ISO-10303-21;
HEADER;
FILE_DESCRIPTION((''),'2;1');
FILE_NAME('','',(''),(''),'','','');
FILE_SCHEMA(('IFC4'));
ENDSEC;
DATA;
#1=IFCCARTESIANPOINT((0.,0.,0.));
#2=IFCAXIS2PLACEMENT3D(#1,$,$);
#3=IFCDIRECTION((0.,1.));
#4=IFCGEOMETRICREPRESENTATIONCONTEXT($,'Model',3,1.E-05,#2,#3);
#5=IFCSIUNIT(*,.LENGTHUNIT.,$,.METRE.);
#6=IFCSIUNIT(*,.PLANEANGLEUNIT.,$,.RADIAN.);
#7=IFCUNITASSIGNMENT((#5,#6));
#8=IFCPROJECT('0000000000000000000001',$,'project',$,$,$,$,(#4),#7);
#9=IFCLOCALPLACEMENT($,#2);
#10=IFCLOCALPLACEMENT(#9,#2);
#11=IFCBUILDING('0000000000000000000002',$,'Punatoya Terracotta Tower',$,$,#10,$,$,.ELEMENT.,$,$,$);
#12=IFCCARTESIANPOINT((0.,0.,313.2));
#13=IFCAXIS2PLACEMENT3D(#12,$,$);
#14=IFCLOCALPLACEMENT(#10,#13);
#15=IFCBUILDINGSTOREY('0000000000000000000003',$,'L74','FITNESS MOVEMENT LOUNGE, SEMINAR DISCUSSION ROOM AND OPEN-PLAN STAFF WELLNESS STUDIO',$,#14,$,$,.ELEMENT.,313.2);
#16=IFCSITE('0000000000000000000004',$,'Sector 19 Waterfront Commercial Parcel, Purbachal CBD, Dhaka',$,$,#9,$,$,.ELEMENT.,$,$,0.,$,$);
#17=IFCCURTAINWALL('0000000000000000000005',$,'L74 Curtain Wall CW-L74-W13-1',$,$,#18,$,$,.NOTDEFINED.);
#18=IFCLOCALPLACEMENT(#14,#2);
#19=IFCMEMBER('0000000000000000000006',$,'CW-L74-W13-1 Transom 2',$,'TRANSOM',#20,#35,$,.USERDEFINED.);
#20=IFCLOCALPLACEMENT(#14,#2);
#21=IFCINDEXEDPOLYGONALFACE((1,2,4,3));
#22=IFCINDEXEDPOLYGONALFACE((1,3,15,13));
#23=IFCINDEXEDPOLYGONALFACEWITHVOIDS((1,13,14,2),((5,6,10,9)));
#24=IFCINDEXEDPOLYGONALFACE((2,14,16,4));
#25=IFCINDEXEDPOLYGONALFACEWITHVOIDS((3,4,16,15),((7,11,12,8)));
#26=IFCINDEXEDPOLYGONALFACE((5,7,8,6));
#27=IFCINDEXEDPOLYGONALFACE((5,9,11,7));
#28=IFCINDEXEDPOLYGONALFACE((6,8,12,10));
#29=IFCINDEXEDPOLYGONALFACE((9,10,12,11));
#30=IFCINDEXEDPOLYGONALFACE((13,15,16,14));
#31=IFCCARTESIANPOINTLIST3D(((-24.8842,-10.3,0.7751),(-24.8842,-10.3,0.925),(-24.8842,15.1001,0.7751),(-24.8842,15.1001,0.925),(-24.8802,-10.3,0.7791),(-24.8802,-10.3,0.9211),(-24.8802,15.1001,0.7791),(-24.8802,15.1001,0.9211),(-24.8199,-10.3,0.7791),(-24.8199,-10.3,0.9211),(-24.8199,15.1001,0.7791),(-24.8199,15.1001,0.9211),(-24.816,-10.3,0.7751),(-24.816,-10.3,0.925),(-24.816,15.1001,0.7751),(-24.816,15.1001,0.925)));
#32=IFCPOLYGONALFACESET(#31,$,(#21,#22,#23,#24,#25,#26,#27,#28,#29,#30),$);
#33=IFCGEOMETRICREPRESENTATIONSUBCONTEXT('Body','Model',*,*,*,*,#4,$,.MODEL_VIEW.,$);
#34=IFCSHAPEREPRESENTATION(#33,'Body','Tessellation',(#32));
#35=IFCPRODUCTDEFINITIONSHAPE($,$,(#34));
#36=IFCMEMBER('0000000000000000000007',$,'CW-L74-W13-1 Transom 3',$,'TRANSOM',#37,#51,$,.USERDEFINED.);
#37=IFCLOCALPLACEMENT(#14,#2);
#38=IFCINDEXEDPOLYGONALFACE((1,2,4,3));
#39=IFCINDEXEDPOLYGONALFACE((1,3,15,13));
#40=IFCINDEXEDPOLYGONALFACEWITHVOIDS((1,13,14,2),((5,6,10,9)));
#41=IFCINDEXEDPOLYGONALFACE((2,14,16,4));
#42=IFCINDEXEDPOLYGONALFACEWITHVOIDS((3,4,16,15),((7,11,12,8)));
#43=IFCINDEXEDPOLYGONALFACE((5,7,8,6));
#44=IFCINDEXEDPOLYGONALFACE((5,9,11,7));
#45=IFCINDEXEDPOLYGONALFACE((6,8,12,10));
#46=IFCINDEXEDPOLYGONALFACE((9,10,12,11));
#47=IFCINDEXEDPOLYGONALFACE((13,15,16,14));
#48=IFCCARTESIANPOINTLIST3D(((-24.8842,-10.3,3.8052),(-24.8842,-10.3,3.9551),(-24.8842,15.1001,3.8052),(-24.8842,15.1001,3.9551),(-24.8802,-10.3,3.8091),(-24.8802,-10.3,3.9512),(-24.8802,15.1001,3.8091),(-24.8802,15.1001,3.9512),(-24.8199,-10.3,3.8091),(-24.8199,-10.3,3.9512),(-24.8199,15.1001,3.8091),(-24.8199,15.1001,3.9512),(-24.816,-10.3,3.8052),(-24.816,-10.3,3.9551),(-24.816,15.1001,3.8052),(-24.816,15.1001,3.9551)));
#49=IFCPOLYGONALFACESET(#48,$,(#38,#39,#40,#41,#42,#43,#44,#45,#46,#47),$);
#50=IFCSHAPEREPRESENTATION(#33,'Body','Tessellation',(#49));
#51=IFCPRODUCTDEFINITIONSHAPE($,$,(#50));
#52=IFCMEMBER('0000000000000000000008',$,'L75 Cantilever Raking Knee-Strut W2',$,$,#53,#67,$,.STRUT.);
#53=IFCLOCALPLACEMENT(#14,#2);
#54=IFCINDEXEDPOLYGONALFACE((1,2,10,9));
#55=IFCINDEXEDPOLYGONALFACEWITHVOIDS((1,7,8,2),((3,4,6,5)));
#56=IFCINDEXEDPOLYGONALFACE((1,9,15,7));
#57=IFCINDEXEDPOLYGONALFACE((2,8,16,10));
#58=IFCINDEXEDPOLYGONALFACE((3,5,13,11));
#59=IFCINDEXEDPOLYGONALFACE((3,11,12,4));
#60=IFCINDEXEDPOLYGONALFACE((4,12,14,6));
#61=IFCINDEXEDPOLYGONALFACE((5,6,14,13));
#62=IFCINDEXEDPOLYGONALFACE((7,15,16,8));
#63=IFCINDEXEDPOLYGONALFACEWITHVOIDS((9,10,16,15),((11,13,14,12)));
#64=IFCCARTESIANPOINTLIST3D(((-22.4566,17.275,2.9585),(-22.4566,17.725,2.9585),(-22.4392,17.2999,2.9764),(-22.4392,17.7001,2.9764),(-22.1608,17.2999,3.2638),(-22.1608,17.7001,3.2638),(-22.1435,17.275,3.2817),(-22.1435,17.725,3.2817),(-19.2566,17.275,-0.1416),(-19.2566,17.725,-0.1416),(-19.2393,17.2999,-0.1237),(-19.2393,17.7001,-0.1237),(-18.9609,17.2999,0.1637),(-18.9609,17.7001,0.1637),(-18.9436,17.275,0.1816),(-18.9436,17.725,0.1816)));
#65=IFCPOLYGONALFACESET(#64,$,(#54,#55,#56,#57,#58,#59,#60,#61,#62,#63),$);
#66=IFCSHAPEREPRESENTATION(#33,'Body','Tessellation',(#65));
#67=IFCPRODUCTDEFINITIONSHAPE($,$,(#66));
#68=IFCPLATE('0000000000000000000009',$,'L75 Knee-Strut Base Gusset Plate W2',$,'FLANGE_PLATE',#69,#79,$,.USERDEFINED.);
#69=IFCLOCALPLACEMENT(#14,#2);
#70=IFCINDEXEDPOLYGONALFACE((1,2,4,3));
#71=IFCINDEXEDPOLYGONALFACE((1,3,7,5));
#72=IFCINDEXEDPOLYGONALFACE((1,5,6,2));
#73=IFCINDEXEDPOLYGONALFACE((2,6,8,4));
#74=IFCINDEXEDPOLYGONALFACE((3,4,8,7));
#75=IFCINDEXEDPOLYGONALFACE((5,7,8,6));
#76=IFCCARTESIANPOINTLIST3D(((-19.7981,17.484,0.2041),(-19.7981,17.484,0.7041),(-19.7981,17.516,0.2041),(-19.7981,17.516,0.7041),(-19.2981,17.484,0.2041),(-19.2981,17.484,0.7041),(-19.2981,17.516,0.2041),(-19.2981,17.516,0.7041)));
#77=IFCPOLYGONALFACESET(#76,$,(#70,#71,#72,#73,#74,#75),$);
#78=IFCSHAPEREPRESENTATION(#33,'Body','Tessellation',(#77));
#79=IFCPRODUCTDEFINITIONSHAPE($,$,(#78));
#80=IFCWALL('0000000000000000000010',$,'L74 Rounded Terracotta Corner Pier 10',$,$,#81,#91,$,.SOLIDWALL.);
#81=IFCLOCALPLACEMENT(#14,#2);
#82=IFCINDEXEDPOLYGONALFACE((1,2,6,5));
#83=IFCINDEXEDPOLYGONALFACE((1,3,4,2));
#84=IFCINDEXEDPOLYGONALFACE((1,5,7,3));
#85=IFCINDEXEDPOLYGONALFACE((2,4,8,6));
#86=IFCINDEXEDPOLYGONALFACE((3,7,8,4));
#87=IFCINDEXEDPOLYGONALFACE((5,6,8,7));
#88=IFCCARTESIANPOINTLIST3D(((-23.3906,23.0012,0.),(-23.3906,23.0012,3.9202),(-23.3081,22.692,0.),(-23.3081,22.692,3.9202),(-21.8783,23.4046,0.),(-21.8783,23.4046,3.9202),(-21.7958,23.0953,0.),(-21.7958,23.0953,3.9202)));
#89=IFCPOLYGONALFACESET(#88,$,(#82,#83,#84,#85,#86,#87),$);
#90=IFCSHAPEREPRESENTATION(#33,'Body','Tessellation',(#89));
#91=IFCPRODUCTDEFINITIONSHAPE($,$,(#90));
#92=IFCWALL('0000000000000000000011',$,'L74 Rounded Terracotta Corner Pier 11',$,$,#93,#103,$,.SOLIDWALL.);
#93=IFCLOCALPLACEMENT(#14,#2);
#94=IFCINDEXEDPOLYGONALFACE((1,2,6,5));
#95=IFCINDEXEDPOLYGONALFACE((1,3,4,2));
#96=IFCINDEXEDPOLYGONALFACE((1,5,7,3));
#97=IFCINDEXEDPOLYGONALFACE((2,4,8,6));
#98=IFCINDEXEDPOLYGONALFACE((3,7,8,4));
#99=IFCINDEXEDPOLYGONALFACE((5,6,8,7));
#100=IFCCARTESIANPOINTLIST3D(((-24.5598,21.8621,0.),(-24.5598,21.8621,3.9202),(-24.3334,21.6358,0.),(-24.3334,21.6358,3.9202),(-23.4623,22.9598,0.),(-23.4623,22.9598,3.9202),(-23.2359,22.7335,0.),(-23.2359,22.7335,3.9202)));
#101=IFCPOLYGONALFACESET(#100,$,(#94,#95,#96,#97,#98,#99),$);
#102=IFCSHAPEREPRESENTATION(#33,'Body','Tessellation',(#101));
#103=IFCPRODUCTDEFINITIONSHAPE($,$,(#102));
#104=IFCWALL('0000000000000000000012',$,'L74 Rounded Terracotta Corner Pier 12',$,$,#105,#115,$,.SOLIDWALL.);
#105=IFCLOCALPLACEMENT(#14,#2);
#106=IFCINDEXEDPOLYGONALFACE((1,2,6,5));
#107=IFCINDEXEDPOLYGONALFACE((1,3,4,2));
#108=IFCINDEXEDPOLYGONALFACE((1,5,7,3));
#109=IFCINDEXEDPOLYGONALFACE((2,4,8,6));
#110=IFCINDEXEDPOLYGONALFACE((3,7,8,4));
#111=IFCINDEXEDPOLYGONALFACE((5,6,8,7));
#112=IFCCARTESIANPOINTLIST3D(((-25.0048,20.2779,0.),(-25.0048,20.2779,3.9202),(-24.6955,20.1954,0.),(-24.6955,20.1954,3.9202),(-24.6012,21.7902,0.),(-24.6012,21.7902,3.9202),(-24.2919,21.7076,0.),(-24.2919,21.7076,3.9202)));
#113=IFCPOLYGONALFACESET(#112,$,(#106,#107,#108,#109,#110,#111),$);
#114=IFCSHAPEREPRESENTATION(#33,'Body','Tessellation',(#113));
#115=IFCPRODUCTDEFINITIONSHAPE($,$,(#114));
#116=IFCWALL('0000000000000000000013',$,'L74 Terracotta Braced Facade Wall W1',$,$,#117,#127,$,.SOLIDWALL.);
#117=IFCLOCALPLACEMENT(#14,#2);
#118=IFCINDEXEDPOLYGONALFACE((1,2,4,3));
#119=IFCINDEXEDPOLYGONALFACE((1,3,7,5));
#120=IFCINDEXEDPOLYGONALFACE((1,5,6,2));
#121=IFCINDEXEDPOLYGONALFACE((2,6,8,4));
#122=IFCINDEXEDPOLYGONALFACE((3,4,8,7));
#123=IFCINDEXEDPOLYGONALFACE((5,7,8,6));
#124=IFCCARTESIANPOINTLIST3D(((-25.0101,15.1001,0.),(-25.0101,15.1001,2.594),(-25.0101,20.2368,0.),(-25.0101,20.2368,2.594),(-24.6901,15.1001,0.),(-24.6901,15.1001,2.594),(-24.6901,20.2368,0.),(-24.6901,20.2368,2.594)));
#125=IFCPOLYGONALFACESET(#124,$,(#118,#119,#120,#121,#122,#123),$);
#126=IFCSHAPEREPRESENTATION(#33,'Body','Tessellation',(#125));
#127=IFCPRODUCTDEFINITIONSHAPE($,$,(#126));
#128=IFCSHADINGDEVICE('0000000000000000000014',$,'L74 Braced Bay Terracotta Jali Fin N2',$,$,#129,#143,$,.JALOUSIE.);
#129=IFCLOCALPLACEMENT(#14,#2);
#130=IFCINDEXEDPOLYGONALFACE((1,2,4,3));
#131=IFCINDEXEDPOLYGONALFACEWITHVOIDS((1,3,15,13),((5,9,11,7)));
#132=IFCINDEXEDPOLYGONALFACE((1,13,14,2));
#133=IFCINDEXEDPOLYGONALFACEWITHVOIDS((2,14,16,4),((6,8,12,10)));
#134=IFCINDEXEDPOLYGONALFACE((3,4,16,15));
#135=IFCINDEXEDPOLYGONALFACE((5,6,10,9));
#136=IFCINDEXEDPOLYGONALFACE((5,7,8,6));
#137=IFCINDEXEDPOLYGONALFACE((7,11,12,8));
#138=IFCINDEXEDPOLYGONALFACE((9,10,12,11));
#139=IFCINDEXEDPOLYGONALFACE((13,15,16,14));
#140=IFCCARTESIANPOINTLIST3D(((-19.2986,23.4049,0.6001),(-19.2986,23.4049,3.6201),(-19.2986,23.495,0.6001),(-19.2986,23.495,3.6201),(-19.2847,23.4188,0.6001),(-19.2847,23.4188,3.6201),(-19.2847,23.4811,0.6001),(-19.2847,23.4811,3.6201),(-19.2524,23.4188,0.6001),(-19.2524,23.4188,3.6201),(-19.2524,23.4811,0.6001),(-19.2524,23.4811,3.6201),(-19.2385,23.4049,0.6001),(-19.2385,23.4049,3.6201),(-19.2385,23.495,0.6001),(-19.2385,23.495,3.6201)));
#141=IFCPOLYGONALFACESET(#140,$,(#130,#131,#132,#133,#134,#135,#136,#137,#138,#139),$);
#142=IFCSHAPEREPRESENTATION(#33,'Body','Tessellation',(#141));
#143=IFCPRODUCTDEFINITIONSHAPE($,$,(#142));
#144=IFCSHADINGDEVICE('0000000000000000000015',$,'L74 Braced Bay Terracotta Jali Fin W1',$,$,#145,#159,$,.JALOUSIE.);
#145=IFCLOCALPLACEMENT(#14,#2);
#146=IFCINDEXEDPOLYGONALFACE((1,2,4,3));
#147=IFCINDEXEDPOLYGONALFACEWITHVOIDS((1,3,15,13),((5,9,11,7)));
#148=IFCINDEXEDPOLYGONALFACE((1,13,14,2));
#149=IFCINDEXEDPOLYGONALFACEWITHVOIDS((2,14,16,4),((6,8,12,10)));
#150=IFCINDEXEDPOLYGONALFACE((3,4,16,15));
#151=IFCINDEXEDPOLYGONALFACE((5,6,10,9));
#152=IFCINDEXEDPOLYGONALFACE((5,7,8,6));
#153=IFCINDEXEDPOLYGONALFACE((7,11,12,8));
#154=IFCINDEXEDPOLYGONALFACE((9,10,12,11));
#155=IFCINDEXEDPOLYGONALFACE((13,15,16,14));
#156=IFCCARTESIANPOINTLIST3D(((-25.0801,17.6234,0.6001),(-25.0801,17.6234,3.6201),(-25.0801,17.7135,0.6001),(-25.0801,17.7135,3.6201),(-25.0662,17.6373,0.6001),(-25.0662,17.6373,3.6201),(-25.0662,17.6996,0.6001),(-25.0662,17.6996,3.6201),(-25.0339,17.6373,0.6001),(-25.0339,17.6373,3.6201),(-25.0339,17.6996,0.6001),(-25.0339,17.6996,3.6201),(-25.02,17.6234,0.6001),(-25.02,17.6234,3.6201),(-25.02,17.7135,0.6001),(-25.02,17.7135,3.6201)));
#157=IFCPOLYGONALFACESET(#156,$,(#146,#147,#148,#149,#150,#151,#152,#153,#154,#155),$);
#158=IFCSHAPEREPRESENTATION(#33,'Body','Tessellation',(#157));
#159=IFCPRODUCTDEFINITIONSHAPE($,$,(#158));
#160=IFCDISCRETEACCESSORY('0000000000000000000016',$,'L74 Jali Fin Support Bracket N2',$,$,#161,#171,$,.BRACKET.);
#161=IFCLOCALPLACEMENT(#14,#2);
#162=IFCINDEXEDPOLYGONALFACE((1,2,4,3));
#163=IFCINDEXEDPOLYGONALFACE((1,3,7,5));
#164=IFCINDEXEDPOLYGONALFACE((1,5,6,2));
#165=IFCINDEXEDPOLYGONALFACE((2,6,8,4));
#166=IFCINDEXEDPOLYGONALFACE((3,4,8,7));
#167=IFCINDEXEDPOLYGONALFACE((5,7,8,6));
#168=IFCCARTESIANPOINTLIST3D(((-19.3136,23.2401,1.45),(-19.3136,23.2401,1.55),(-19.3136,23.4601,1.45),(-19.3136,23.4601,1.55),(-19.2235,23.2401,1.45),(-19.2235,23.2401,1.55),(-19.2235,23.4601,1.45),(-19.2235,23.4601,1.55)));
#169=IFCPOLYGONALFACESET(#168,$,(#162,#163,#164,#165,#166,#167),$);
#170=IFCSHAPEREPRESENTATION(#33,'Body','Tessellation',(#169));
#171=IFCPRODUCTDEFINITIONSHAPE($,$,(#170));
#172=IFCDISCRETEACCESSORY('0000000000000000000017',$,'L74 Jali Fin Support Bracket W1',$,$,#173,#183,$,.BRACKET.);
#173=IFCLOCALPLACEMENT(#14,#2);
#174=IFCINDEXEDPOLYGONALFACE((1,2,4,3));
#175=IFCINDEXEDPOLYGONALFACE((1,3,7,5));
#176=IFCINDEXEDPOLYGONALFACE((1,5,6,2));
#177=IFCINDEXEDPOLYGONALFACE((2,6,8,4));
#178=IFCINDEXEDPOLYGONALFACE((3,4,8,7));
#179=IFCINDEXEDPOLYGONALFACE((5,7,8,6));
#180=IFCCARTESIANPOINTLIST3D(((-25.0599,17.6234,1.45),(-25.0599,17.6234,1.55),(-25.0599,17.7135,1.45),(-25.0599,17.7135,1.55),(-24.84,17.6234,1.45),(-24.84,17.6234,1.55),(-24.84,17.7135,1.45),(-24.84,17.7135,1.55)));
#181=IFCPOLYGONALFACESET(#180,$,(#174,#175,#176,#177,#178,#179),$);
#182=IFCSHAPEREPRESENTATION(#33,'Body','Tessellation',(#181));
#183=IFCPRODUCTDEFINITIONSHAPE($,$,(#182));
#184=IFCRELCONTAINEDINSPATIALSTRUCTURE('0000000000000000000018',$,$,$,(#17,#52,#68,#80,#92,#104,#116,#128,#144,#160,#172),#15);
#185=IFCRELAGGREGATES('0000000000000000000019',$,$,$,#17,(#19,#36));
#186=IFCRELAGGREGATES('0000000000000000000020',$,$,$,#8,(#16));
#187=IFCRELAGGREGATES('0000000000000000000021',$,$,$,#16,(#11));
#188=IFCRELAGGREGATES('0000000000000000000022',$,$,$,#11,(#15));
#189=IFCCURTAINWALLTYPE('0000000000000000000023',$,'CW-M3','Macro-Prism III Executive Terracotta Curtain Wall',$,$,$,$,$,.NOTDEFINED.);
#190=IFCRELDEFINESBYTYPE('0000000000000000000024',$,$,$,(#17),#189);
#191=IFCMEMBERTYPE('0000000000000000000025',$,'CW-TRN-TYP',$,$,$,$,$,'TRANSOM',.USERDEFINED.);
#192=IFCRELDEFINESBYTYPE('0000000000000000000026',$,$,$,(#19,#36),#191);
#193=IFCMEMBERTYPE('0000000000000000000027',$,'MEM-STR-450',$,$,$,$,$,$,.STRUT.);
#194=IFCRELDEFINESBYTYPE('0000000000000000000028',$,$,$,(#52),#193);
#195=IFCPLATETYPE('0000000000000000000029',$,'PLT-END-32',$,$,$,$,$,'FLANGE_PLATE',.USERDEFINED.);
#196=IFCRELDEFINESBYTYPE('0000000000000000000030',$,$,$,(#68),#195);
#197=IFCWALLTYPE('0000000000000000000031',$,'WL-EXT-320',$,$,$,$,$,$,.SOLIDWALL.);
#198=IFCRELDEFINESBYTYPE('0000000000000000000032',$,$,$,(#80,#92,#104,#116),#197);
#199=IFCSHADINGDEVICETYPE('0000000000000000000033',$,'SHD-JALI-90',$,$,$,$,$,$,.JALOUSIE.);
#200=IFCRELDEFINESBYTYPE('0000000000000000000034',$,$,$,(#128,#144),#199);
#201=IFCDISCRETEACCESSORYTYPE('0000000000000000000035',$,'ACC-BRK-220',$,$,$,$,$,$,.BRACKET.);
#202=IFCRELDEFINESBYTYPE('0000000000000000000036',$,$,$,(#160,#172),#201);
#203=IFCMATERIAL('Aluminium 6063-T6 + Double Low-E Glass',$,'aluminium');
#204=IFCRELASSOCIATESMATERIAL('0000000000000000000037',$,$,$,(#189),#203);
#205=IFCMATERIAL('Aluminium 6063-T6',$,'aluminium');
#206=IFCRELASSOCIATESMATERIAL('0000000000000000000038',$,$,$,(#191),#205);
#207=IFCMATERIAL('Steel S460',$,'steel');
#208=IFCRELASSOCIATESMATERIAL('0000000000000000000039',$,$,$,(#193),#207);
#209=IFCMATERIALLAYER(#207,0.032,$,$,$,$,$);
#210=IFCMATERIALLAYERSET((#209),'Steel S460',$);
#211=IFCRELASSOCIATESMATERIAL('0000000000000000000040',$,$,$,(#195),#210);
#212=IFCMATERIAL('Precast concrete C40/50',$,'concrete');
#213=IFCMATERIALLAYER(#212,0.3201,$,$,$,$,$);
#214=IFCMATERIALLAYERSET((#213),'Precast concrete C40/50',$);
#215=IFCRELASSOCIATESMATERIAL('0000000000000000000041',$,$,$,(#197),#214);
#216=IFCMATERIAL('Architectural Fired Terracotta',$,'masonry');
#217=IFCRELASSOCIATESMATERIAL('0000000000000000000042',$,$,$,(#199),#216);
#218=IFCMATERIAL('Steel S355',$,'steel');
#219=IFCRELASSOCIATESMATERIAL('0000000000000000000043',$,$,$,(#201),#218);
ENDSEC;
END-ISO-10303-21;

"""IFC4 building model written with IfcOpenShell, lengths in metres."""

from ifc_helpers import new_model, si_unit, direction, frame, frame_2d, origin, origin_2d, place, context, subcontext, project, spatial, rectangle, hollow_rectangle, extrude, material, layer, layer_set, material_profile, profile_set, type_object, element, aggregate, save


model = new_model("IFC4")

# Units and contexts
model_context = context("Model", 3, precision=1e-05, world=origin(), true_north=direction((0.0, 1.0)))
body_context = subcontext(model_context, "Body", "Model", "MODEL_VIEW")
ifc_project = project(units=[si_unit("LENGTHUNIT", "METRE"), si_unit("PLANEANGLEUNIT", "RADIAN")], contexts=[model_context])

# Site, building, storey
site_placement = place(None, origin())
site = spatial("IfcSite", under=ifc_project, at=site_placement, Name="Sector 19 Waterfront Commercial Parcel, Purbachal CBD, Dhaka", CompositionType="ELEMENT", RefElevation=0.0)
building_placement = place(site_placement, origin())
building = spatial("IfcBuilding", under=site, at=building_placement, Name="Punatoya Terracotta Tower", CompositionType="ELEMENT")
storey_placement = place(building_placement, frame((0.0, 0.0, 313.2)))
storey = spatial("IfcBuildingStorey", under=building, at=storey_placement, Name="L74", Description="FITNESS MOVEMENT LOUNGE, SEMINAR DISCUSSION ROOM AND OPEN-PLAN STAFF WELLNESS STUDIO", CompositionType="ELEMENT", Elevation=313.2)

# Shared definitions
ifc_material_1 = material(Name="Steel S460", Category="steel")

# Shared definitions
ifc_material_2 = material(Name="Steel S355", Category="steel")

# Curtain wall, members
ifc_material_3 = material(Name="Aluminium 6063-T6 + Double Low-E Glass", Category="aluminium")
curtain_wall_type = type_object("IfcCurtainWallType", Name="CW-M3", Description="Macro-Prism III Executive Terracotta Curtain Wall", PredefinedType="NOTDEFINED", material=ifc_material_3)
curtain_wall_placement = place(storey_placement, origin())
curtain_wall = element("IfcCurtainWall", 1, at=curtain_wall_placement, inside=storey, type_object=curtain_wall_type, Name="L74 Curtain Wall CW-L74-W13-1", PredefinedType="NOTDEFINED")
ifc_material_4 = material(Name="Aluminium 6063-T6", Category="aluminium")
ifc_material_profile_1 = material_profile(ifc_material_4, hollow_rectangle(XDim=0.0681, YDim=0.1499, WallThickness=0.0039, at=origin_2d()))
ifc_profile_set_1 = profile_set([ifc_material_profile_1], Name="Aluminium 6063-T6")
member_type_1 = type_object("IfcMemberType", Name="CW-TRN-TYP", ElementType="TRANSOM", PredefinedType="USERDEFINED", material=ifc_profile_set_1)
member_1_placement = place(storey_placement, frame((-24.8501, 15.1001, 0.8501), z_axis=(0.0, -1.0, 0.0), x_axis=(1.0, 0.0, 0.0)))
member_1 = element("IfcMember", 2, at=member_1_placement, type_object=member_type_1, Name="CW-L74-W13-1 Transom 2", ObjectType="TRANSOM", PredefinedType="USERDEFINED", context=body_context, shape_type="SweptSolid", body=[
    extrude(hollow_rectangle(XDim=0.0681, YDim=0.1499, WallThickness=0.0039, at=origin_2d()), origin(), (0.0, 0.0, 1.0), 25.4001),
])
member_2_placement = place(storey_placement, frame((-24.8501, 15.1001, 3.8801), z_axis=(0.0, -1.0, 0.0), x_axis=(1.0, 0.0, 0.0)))
member_2 = element("IfcMember", 3, at=member_2_placement, type_object=member_type_1, Name="CW-L74-W13-1 Transom 3", ObjectType="TRANSOM", PredefinedType="USERDEFINED", context=body_context, shape_type="SweptSolid", body=[
    extrude(hollow_rectangle(XDim=0.0681, YDim=0.1499, WallThickness=0.0039, at=origin_2d()), origin(), (0.0, 0.0, 1.0), 25.4001),
])
aggregate(curtain_wall, [member_1, member_2])

# Member
ifc_material_profile_2 = material_profile(ifc_material_1, hollow_rectangle(XDim=0.45, YDim=0.45, WallThickness=0.0249, at=origin_2d()))
ifc_profile_set_2 = profile_set([ifc_material_profile_2], Name="Steel S460")
member_type_2 = type_object("IfcMemberType", Name="MEM-STR-450", PredefinedType="STRUT", material=ifc_profile_set_2)
member_3_placement = place(storey_placement, frame((-19.1001, 17.5, 0.02), z_axis=(-0.718224, 0.0, 0.695812), x_axis=(0.0, -1.0, 0.0)))
element("IfcMember", 4, at=member_3_placement, inside=storey, type_object=member_type_2, Name="L75 Cantilever Raking Knee-Strut W2", PredefinedType="STRUT", context=body_context, shape_type="SweptSolid", body=[
    extrude(hollow_rectangle(XDim=0.45, YDim=0.45, WallThickness=0.0249, at=origin_2d()), origin(), (0.0, 0.0, 1.0), 4.4553),
])

# Plate
ifc_layer_1 = layer(ifc_material_1, 0.032)
ifc_layer_set_1 = layer_set([ifc_layer_1], Name="Steel S460")
plate_type = type_object("IfcPlateType", Name="PLT-END-32", ElementType="FLANGE_PLATE", PredefinedType="USERDEFINED", material=ifc_layer_set_1)
plate_placement = place(storey_placement, frame((-19.5481, 17.5, 0.2041), z_axis=(0.0, 0.0, 1.0), x_axis=(1.0, 0.0, 0.0)))
element("IfcPlate", 5, at=plate_placement, inside=storey, type_object=plate_type, Name="L75 Knee-Strut Base Gusset Plate W2", ObjectType="FLANGE_PLATE", PredefinedType="USERDEFINED", context=body_context, shape_type="SweptSolid", body=[
    extrude(rectangle(XDim=0.5, YDim=0.032, at=origin_2d()), origin(), (0.0, 0.0, 1.0), 0.5),
])

# Walls
ifc_material_5 = material(Name="Precast concrete C40/50", Category="concrete")
ifc_layer_2 = layer(ifc_material_5, 0.3201)
ifc_layer_set_2 = layer_set([ifc_layer_2], Name="Precast concrete C40/50")
wall_type = type_object("IfcWallType", Name="WL-EXT-320", PredefinedType="SOLIDWALL", material=ifc_layer_set_2)
wall_1_placement = place(storey_placement, frame((-21.8369, 23.25, 0.0), z_axis=(0.0, 0.0, 1.0), x_axis=(-0.966225, -0.257701, 0.0)))
element("IfcWall", 6, at=wall_1_placement, inside=storey, type_object=wall_type, Name="L74 Rounded Terracotta Corner Pier 10", PredefinedType="SOLIDWALL", context=body_context, shape_type="SweptSolid", body=[
    extrude(rectangle(XDim=1.5652, YDim=0.3201, at=frame_2d((0.7827, 0.0))), origin(), (0.0, 0.0, 1.0), 3.9202),
])
wall_2_placement = place(storey_placement, frame((-23.3491, 22.8467, 0.0), z_axis=(0.0, 0.0, 1.0), x_axis=(-0.707028, -0.707185, 0.0)))
element("IfcWall", 7, at=wall_2_placement, inside=storey, type_object=wall_type, Name="L74 Rounded Terracotta Corner Pier 11", PredefinedType="SOLIDWALL", context=body_context, shape_type="SweptSolid", body=[
    extrude(rectangle(XDim=1.5522, YDim=0.3201, at=frame_2d((0.7761, 0.0))), origin(), (0.0, 0.0, 1.0), 3.9202),
])
wall_3_placement = place(storey_placement, frame((-24.4465, 21.749, 0.0), z_axis=(0.0, 0.0, 1.0), x_axis=(-0.257847, -0.966186, 0.0)))
element("IfcWall", 8, at=wall_3_placement, inside=storey, type_object=wall_type, Name="L74 Rounded Terracotta Corner Pier 12", PredefinedType="SOLIDWALL", context=body_context, shape_type="SweptSolid", body=[
    extrude(rectangle(XDim=1.5652, YDim=0.3201, at=frame_2d((0.7827, 0.0))), origin(), (0.0, 0.0, 1.0), 3.9202),
])
wall_4_placement = place(storey_placement, frame((-24.8501, 20.2368, 0.0), z_axis=(0.0, 0.0, 1.0), x_axis=(0.0, -1.0, 0.0)))
element("IfcWall", 9, at=wall_4_placement, inside=storey, type_object=wall_type, Name="L74 Terracotta Braced Facade Wall W1", PredefinedType="SOLIDWALL", context=body_context, shape_type="SweptSolid", body=[
    extrude(rectangle(XDim=5.1367, YDim=0.3201, at=frame_2d((2.5684, 0.0))), origin(), (0.0, 0.0, 1.0), 2.594),
])

# Shading devices
ifc_material_6 = material(Name="Architectural Fired Terracotta", Category="masonry")
ifc_material_profile_3 = material_profile(ifc_material_6, hollow_rectangle(XDim=0.0601, YDim=0.0901, WallThickness=0.0139, at=origin_2d()))
ifc_profile_set_3 = profile_set([ifc_material_profile_3], Name="Architectural Fired Terracotta")
shading_device_type = type_object("IfcShadingDeviceType", Name="SHD-JALI-90", PredefinedType="JALOUSIE", material=ifc_profile_set_3)
for number, where, z_axis, x_axis, name in (
    (10, (-19.2686, 23.45, 0.6001), (0.0, 0.0, 1.0), (1.0, 0.0, 0.0), "L74 Braced Bay Terracotta Jali Fin N2"),
    (11, (-25.05, 17.6685, 0.6001), (0.0, 0.0, 1.0), (1.0, 0.0, 0.0), "L74 Braced Bay Terracotta Jali Fin W1"),
):
    element("IfcShadingDevice", number, at=place(storey_placement, frame(where, z_axis=z_axis, x_axis=x_axis)), inside=storey, type_object=shading_device_type, Name=name, PredefinedType="JALOUSIE", context=body_context, shape_type="SweptSolid", body=[
        extrude(hollow_rectangle(XDim=0.0601, YDim=0.0901, WallThickness=0.0139, at=origin_2d()), origin(), (0.0, 0.0, 1.0), 3.02),
    ])

# Discrete accessories
discrete_accessory_type = type_object("IfcDiscreteAccessoryType", Name="ACC-BRK-220", PredefinedType="BRACKET", material=ifc_material_2)
for number, where, z_axis, x_axis, name in (
    (12, (-19.2686, 23.3501, 1.45), (0.0, 0.0, 1.0), (-1.0, 0.0, 0.0), "L74 Jali Fin Support Bracket N2"),
    (13, (-24.95, 17.6685, 1.45), (0.0, 0.0, 1.0), (0.0, -1.0, 0.0), "L74 Jali Fin Support Bracket W1"),
):
    element("IfcDiscreteAccessory", number, at=place(storey_placement, frame(where, z_axis=z_axis, x_axis=x_axis)), inside=storey, type_object=discrete_accessory_type, Name=name, PredefinedType="BRACKET", context=body_context, shape_type="SweptSolid", body=[
        extrude(rectangle(XDim=0.0901, YDim=0.22, at=origin_2d()), origin(), (0.0, 0.0, 1.0), 0.1001),
    ])

save(model, "model.ifc")
